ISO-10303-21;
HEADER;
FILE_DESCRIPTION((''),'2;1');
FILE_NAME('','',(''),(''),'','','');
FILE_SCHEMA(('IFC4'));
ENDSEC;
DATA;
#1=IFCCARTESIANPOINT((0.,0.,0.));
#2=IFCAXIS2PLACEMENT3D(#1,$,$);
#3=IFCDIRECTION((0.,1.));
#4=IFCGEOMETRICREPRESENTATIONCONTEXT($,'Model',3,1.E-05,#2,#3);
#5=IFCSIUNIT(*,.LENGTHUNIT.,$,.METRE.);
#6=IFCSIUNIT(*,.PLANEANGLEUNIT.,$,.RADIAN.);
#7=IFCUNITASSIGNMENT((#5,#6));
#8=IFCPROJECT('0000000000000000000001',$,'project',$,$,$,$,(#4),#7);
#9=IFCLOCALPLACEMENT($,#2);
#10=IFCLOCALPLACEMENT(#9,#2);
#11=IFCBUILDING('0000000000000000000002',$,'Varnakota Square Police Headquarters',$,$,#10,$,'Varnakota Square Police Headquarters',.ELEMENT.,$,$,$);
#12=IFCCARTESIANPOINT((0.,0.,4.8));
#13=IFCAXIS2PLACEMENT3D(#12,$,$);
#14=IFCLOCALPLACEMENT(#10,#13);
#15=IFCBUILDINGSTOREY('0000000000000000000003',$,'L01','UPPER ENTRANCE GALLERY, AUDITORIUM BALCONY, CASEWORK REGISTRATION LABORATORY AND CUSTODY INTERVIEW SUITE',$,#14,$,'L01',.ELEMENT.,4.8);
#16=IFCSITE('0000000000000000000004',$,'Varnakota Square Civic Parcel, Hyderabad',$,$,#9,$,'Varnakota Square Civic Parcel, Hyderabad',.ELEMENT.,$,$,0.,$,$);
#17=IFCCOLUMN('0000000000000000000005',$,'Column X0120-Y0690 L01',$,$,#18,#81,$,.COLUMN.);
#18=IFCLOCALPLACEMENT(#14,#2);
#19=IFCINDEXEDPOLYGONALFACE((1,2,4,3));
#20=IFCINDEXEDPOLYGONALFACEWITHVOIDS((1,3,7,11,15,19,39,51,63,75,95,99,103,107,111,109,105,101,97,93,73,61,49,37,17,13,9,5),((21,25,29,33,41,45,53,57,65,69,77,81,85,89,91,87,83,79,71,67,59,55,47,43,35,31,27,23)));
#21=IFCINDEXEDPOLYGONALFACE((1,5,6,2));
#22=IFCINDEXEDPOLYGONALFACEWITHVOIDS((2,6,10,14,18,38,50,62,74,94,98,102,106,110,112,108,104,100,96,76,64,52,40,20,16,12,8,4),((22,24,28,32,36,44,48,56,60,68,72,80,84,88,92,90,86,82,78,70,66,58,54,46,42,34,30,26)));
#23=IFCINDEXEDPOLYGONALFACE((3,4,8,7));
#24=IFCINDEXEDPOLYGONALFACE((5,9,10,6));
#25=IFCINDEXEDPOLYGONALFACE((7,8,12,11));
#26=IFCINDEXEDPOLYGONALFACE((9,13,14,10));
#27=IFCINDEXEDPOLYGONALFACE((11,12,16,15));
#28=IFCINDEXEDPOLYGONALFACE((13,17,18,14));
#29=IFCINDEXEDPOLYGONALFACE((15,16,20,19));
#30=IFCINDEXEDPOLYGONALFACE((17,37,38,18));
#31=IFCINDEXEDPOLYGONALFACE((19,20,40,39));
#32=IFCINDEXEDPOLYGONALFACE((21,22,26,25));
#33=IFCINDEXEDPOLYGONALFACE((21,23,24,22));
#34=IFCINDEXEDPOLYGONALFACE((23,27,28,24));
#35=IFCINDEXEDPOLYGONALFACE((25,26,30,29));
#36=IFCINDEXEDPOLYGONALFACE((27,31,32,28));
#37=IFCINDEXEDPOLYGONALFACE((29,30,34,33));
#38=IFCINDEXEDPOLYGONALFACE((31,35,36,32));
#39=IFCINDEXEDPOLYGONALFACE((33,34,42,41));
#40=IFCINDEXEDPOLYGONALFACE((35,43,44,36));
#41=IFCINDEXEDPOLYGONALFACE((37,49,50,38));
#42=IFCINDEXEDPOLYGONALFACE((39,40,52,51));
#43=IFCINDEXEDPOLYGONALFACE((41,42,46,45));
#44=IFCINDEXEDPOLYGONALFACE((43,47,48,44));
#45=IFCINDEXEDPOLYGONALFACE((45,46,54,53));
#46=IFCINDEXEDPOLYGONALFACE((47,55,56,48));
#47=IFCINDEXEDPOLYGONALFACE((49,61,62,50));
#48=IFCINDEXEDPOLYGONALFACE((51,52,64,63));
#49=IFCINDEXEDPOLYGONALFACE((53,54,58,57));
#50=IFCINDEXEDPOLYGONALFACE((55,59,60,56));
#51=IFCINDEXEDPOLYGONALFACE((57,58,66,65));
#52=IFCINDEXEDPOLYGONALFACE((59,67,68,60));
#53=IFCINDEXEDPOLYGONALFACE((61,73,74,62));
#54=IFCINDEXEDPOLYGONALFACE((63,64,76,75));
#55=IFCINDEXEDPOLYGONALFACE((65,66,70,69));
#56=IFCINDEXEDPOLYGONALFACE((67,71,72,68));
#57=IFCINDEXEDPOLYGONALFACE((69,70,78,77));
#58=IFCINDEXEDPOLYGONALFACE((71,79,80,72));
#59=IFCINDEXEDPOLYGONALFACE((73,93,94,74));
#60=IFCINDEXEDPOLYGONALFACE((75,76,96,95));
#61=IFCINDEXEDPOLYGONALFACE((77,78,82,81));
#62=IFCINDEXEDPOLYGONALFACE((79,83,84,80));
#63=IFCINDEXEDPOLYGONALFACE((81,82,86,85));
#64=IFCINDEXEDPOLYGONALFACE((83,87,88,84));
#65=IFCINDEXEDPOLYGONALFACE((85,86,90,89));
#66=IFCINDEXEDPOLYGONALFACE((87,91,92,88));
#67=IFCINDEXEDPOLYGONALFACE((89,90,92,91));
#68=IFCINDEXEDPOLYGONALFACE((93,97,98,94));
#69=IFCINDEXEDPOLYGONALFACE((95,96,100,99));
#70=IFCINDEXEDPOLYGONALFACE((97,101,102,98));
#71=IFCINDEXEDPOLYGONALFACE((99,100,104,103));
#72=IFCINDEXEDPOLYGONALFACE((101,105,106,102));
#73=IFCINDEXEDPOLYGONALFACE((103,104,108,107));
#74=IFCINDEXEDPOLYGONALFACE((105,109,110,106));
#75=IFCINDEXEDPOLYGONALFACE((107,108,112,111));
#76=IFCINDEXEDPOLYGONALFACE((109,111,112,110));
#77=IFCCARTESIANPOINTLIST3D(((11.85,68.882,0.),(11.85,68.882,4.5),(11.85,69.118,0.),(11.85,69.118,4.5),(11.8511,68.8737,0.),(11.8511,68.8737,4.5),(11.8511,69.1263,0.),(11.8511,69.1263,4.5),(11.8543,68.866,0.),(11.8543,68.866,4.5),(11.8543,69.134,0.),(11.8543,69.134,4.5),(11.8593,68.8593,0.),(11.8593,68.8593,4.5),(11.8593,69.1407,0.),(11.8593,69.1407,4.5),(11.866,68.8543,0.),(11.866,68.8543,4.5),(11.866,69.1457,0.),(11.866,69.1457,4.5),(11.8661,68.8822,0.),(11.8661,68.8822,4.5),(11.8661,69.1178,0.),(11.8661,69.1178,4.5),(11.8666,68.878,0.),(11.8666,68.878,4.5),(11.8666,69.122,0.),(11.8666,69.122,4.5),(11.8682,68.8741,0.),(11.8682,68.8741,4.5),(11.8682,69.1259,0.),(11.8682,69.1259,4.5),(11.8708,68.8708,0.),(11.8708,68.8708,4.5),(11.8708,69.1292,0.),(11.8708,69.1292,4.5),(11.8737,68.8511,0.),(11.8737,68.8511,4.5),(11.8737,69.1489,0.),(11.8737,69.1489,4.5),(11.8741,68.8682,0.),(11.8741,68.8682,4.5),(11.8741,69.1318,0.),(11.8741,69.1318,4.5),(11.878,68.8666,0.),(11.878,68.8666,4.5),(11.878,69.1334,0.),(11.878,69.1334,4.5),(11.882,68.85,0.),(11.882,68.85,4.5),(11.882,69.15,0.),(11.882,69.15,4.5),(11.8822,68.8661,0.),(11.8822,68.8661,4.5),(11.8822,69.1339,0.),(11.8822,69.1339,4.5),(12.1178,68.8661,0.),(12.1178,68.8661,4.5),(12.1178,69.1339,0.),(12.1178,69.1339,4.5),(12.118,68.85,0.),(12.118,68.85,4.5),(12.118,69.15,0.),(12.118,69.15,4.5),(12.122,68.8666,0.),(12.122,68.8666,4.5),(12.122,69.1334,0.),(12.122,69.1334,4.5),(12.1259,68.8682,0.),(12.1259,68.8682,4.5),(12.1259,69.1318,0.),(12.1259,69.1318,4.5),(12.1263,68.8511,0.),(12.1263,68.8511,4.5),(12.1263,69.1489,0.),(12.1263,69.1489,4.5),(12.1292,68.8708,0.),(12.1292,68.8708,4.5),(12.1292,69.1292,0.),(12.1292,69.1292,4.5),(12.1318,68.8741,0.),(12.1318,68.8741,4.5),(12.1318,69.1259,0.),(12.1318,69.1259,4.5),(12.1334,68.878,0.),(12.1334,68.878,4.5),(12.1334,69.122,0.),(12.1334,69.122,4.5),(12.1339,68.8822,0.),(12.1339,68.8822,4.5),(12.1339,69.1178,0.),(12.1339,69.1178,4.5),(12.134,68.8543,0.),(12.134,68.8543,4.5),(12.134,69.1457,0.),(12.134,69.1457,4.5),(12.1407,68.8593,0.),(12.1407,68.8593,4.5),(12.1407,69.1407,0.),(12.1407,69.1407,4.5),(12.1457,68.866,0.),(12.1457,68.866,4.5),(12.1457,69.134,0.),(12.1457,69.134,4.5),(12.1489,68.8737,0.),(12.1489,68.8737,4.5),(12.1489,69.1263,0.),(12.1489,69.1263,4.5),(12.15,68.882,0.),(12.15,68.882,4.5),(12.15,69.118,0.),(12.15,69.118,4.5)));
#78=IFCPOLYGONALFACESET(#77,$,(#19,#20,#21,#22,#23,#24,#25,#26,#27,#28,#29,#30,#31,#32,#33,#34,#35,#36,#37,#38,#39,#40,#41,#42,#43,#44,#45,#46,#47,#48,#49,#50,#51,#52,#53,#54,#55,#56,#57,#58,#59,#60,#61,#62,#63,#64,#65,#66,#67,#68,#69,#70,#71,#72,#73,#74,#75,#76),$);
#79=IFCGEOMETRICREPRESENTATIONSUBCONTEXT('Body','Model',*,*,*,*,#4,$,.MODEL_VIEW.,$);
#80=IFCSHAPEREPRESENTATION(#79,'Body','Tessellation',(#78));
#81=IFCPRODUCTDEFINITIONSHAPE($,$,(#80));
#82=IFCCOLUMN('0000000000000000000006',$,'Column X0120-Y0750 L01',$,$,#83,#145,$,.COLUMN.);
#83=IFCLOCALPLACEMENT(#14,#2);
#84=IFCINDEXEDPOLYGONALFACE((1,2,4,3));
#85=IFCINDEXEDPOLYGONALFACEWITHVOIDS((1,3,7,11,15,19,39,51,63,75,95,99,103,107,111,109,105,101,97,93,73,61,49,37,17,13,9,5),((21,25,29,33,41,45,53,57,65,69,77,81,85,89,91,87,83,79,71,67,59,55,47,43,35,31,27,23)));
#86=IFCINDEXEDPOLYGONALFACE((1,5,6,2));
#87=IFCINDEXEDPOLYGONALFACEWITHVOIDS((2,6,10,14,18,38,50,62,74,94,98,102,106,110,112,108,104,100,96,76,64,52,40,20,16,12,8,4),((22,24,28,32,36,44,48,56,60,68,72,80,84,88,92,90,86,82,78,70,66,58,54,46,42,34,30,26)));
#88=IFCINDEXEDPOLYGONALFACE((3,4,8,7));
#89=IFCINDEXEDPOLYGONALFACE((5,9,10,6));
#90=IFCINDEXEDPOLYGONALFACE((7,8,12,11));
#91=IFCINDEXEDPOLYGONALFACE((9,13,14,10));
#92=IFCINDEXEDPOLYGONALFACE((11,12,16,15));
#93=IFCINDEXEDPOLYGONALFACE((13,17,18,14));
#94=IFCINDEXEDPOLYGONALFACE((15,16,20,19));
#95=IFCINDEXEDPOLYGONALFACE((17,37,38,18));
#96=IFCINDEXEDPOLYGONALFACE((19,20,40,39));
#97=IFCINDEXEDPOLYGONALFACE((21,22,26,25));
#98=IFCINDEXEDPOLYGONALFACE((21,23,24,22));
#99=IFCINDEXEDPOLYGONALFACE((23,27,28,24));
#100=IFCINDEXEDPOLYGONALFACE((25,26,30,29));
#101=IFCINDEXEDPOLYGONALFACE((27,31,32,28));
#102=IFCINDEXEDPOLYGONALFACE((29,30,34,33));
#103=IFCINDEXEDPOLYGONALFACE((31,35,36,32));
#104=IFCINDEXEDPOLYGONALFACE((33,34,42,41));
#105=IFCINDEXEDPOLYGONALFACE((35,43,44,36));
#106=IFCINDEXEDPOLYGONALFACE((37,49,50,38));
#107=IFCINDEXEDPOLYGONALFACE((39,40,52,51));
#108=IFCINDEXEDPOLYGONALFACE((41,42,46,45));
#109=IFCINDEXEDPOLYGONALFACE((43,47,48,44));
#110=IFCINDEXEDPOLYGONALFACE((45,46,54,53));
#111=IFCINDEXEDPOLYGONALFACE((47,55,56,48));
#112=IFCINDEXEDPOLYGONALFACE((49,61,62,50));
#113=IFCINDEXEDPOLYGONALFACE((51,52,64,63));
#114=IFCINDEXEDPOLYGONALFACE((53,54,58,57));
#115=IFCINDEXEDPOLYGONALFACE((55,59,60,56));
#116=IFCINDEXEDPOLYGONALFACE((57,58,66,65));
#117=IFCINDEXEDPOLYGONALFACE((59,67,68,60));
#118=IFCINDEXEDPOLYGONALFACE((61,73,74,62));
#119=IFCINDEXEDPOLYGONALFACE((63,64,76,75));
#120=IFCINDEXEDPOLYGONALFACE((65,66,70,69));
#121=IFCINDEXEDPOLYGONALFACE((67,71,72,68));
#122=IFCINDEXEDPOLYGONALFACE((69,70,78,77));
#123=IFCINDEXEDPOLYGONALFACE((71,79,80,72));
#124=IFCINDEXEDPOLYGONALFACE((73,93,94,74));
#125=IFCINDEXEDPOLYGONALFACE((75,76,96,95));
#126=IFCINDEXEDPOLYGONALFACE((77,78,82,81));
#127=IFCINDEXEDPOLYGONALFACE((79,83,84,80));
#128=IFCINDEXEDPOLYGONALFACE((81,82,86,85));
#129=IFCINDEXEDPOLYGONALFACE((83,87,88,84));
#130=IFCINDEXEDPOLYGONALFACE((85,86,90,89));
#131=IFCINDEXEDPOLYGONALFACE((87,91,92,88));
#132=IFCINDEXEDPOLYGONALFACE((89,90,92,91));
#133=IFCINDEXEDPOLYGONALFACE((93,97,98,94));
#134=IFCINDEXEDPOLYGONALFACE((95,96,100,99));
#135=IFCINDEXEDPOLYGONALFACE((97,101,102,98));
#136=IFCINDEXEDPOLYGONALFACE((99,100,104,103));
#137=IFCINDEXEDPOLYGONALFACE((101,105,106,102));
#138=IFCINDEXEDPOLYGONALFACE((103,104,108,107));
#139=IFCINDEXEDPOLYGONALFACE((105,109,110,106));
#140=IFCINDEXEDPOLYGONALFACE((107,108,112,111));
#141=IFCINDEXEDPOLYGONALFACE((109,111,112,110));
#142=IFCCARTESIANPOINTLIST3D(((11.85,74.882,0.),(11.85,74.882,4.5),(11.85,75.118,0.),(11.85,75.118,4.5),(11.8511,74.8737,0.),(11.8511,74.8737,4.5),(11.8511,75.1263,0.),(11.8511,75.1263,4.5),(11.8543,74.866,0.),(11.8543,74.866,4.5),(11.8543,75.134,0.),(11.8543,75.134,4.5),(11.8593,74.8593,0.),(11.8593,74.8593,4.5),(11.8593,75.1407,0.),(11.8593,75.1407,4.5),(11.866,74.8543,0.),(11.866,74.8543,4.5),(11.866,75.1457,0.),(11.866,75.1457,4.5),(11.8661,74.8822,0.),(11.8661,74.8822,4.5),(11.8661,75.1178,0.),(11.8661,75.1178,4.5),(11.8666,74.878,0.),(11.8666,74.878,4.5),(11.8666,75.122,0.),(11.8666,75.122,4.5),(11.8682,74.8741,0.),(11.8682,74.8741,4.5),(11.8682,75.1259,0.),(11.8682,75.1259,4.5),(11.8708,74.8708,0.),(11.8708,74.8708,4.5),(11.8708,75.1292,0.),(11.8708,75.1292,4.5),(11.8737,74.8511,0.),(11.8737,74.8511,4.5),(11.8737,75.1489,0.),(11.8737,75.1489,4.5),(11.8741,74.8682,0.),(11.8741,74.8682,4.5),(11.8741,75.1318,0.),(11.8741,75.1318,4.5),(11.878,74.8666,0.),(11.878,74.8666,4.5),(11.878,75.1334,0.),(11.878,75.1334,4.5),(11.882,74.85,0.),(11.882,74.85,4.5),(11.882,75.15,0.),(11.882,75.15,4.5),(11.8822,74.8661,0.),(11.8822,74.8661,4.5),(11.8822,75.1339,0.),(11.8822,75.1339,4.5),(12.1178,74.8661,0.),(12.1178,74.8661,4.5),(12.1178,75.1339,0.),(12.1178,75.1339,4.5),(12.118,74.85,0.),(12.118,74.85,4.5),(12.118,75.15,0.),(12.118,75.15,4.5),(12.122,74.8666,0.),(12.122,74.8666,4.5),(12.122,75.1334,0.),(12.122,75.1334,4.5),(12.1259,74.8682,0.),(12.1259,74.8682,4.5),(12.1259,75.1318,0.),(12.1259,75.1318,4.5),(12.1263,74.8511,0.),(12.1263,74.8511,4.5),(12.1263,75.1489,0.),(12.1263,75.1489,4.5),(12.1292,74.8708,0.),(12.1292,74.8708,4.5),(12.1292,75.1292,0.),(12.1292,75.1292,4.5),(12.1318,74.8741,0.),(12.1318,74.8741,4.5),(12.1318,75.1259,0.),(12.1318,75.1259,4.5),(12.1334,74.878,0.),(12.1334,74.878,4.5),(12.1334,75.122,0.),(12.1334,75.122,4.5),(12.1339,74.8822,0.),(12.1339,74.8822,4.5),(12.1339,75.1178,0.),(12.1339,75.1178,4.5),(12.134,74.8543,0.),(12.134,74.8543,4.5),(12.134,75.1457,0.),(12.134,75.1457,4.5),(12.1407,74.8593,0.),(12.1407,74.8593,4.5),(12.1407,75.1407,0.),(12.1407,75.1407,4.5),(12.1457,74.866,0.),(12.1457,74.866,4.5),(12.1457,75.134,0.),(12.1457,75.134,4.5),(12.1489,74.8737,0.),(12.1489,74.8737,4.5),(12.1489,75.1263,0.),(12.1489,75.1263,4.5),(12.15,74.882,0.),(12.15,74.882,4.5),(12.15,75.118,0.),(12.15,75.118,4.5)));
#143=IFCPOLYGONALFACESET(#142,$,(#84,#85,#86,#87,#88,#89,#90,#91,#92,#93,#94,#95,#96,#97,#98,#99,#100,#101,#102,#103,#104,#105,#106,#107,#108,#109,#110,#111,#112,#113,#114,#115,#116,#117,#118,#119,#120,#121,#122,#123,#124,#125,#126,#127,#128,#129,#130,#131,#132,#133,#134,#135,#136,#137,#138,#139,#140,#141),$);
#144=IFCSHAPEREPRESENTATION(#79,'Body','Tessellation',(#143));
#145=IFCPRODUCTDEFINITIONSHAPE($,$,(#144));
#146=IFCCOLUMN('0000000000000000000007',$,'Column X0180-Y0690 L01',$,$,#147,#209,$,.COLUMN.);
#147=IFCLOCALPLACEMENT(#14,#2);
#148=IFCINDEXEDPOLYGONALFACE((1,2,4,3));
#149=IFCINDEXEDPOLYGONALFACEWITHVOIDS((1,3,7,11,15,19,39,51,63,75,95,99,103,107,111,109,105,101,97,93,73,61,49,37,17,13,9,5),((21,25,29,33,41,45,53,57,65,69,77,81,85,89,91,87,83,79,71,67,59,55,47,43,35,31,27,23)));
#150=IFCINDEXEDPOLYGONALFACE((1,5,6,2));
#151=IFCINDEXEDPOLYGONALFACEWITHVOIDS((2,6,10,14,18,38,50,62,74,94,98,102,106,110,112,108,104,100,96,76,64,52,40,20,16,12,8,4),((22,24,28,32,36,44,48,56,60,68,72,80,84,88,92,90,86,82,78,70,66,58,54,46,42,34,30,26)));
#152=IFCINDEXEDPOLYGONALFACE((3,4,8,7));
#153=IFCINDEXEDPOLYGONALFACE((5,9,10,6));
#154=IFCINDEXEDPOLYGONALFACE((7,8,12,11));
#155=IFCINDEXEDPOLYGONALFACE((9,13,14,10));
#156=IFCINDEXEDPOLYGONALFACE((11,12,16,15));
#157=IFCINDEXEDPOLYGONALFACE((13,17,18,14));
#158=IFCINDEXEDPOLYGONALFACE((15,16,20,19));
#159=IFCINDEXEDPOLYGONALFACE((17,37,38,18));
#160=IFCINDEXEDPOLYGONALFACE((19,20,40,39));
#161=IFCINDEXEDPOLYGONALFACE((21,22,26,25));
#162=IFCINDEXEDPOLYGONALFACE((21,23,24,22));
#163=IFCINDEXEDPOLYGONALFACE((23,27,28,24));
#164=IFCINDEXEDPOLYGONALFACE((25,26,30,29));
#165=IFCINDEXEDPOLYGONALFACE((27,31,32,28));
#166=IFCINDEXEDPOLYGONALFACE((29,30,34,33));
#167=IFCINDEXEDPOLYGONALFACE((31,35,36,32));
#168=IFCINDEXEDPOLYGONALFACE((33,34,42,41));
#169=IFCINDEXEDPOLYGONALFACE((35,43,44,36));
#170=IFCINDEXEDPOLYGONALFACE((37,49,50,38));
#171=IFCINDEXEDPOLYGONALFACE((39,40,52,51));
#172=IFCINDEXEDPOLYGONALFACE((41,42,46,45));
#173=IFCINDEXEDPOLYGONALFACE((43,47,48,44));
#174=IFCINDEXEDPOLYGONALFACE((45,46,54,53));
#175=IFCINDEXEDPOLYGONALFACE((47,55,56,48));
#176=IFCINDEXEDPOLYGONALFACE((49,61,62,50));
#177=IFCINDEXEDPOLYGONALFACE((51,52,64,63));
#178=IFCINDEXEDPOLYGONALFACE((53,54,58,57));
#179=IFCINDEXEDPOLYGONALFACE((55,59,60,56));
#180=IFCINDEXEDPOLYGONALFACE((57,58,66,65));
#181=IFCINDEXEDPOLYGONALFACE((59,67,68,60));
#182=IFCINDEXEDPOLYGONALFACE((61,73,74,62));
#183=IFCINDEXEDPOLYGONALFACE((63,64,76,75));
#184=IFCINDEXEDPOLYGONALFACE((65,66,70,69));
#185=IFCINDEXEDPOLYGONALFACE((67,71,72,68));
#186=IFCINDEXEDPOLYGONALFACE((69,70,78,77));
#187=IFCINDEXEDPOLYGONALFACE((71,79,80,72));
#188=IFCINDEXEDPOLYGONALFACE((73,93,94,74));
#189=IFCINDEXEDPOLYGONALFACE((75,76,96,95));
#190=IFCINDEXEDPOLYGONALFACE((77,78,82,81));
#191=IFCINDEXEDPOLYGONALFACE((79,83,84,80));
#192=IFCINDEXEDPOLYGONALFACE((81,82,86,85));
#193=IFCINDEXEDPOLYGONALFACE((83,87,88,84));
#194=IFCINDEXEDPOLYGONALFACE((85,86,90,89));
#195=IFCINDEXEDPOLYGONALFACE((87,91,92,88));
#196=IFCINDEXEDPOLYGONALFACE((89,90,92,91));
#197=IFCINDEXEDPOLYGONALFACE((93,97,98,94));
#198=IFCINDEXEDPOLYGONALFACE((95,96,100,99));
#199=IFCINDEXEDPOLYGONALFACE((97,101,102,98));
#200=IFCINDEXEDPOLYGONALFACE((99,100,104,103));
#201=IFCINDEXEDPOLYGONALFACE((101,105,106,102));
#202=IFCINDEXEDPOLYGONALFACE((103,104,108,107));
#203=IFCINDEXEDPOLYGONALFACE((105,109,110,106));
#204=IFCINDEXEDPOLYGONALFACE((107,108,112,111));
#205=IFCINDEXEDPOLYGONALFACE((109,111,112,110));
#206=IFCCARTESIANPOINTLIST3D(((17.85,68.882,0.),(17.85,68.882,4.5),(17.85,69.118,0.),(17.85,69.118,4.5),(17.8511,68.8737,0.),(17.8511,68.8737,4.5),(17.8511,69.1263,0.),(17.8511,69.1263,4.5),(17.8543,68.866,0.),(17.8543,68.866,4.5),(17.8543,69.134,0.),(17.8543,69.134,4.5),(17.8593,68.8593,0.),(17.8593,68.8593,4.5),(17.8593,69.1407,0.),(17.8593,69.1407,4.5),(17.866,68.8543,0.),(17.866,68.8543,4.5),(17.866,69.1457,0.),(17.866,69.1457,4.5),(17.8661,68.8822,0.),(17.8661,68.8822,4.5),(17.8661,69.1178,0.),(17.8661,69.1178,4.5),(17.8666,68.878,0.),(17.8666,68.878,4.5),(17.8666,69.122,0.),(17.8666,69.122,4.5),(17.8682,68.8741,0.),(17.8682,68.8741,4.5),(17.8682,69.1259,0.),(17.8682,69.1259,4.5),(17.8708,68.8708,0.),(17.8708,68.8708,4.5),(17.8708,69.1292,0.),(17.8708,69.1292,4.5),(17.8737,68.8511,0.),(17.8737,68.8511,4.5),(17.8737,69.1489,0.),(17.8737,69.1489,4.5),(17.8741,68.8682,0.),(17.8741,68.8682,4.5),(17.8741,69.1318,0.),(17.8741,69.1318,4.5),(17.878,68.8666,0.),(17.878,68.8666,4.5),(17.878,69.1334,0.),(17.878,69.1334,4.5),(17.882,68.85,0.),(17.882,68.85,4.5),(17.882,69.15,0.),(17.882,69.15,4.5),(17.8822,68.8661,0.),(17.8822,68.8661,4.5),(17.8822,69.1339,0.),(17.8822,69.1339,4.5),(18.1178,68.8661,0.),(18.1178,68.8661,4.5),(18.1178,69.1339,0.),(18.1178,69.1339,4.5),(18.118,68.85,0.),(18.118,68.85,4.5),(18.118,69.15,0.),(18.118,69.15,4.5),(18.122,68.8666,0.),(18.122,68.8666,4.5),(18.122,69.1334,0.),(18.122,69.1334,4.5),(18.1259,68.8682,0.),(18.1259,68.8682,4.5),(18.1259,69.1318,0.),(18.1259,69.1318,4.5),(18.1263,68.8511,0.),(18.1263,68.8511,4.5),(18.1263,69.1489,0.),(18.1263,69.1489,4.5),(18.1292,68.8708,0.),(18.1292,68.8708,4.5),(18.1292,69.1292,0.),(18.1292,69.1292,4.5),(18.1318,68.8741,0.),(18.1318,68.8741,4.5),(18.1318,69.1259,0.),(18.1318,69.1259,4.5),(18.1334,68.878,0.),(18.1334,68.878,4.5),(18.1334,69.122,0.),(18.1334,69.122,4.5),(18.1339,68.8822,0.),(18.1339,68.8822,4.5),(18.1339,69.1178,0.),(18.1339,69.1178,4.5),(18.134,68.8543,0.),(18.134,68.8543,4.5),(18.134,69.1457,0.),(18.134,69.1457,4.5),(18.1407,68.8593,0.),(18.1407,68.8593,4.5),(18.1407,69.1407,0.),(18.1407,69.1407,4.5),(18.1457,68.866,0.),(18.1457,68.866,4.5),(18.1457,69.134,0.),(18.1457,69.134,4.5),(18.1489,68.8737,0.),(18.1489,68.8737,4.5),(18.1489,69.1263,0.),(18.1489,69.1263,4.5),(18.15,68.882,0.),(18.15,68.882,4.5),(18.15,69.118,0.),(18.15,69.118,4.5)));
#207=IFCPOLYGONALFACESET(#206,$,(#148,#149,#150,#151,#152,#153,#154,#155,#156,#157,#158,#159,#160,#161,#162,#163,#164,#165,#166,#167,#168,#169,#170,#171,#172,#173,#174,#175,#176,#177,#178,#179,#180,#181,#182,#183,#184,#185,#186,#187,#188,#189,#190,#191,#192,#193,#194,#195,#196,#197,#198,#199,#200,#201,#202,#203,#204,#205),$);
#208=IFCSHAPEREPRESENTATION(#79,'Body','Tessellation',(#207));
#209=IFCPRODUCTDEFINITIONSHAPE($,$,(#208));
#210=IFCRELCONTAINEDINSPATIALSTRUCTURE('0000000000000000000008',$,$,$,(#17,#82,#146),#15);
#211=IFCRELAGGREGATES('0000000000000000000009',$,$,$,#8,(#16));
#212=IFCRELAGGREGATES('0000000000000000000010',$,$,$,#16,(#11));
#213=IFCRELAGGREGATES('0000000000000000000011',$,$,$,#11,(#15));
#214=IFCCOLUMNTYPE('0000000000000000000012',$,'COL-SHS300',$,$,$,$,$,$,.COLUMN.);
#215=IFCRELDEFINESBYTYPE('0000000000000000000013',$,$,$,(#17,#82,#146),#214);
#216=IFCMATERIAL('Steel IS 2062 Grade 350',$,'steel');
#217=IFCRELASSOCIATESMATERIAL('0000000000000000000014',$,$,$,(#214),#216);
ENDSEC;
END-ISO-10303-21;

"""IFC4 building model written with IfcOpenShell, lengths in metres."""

from ifc_helpers import new_model, si_unit, direction, frame, origin, origin_2d, place, context, subcontext, project, spatial, hollow_rectangle, extrude, material, material_profile, profile_set, type_object, element, save


model = new_model("IFC4")

# Units and contexts
model_context = context("Model", 3, precision=1e-05, world=origin(), true_north=direction((0.0, 1.0)))
body_context = subcontext(model_context, "Body", "Model", "MODEL_VIEW")
ifc_project = project(units=[si_unit("LENGTHUNIT", "METRE"), si_unit("PLANEANGLEUNIT", "RADIAN")], contexts=[model_context])

# Site, building, storey
site_placement = place(None, origin())
site = spatial("IfcSite", under=ifc_project, at=site_placement, Name="Varnakota Square Civic Parcel, Hyderabad", LongName="Varnakota Square Civic Parcel, Hyderabad", CompositionType="ELEMENT", RefElevation=0.0)
building_placement = place(site_placement, origin())
building = spatial("IfcBuilding", under=site, at=building_placement, Name="Varnakota Square Police Headquarters", LongName="Varnakota Square Police Headquarters", CompositionType="ELEMENT")
storey_placement = place(building_placement, frame((0.0, 0.0, 4.8)))
storey = spatial("IfcBuildingStorey", under=building, at=storey_placement, Name="L01", Description="UPPER ENTRANCE GALLERY, AUDITORIUM BALCONY, CASEWORK REGISTRATION LABORATORY AND CUSTODY INTERVIEW SUITE", LongName="L01", CompositionType="ELEMENT", Elevation=4.8)

# Columns
ifc_material_1 = material(Name="Steel IS 2062 Grade 350", Category="steel")
ifc_material_profile_1 = material_profile(ifc_material_1, hollow_rectangle(XDim=0.3, YDim=0.3, WallThickness=0.0161, InnerFilletRadius=0.0161, OuterFilletRadius=0.032, at=origin_2d()), Name="SHS 300x300x16")
ifc_profile_set_1 = profile_set([ifc_material_profile_1], Name="Steel IS 2062 Grade 350")
column_type_1 = type_object("IfcColumnType", Name="COL-SHS300", PredefinedType="COLUMN", material=ifc_profile_set_1)
for number, where, z_axis, x_axis, name in (
    (1, (12.0, 69.0, 0.0), (0.0, 0.0, 1.0), (1.0, 0.0, 0.0), "Column X0120-Y0690 L01"),
    (2, (12.0, 75.0, 0.0), (0.0, 0.0, 1.0), (1.0, 0.0, 0.0), "Column X0120-Y0750 L01"),
    (3, (18.0, 69.0, 0.0), (0.0, 0.0, 1.0), (1.0, 0.0, 0.0), "Column X0180-Y0690 L01"),
):
    element("IfcColumn", number, at=place(storey_placement, frame(where, z_axis=z_axis, x_axis=x_axis)), inside=storey, type_object=column_type_1, Name=name, PredefinedType="COLUMN", context=body_context, shape_type="SweptSolid", body=[
        extrude(hollow_rectangle(XDim=0.3, YDim=0.3, WallThickness=0.0161, InnerFilletRadius=0.0161, OuterFilletRadius=0.032, at=origin_2d()), origin(), (0.0, 0.0, 1.0), 4.5),
    ])

save(model, "model.ifc")
